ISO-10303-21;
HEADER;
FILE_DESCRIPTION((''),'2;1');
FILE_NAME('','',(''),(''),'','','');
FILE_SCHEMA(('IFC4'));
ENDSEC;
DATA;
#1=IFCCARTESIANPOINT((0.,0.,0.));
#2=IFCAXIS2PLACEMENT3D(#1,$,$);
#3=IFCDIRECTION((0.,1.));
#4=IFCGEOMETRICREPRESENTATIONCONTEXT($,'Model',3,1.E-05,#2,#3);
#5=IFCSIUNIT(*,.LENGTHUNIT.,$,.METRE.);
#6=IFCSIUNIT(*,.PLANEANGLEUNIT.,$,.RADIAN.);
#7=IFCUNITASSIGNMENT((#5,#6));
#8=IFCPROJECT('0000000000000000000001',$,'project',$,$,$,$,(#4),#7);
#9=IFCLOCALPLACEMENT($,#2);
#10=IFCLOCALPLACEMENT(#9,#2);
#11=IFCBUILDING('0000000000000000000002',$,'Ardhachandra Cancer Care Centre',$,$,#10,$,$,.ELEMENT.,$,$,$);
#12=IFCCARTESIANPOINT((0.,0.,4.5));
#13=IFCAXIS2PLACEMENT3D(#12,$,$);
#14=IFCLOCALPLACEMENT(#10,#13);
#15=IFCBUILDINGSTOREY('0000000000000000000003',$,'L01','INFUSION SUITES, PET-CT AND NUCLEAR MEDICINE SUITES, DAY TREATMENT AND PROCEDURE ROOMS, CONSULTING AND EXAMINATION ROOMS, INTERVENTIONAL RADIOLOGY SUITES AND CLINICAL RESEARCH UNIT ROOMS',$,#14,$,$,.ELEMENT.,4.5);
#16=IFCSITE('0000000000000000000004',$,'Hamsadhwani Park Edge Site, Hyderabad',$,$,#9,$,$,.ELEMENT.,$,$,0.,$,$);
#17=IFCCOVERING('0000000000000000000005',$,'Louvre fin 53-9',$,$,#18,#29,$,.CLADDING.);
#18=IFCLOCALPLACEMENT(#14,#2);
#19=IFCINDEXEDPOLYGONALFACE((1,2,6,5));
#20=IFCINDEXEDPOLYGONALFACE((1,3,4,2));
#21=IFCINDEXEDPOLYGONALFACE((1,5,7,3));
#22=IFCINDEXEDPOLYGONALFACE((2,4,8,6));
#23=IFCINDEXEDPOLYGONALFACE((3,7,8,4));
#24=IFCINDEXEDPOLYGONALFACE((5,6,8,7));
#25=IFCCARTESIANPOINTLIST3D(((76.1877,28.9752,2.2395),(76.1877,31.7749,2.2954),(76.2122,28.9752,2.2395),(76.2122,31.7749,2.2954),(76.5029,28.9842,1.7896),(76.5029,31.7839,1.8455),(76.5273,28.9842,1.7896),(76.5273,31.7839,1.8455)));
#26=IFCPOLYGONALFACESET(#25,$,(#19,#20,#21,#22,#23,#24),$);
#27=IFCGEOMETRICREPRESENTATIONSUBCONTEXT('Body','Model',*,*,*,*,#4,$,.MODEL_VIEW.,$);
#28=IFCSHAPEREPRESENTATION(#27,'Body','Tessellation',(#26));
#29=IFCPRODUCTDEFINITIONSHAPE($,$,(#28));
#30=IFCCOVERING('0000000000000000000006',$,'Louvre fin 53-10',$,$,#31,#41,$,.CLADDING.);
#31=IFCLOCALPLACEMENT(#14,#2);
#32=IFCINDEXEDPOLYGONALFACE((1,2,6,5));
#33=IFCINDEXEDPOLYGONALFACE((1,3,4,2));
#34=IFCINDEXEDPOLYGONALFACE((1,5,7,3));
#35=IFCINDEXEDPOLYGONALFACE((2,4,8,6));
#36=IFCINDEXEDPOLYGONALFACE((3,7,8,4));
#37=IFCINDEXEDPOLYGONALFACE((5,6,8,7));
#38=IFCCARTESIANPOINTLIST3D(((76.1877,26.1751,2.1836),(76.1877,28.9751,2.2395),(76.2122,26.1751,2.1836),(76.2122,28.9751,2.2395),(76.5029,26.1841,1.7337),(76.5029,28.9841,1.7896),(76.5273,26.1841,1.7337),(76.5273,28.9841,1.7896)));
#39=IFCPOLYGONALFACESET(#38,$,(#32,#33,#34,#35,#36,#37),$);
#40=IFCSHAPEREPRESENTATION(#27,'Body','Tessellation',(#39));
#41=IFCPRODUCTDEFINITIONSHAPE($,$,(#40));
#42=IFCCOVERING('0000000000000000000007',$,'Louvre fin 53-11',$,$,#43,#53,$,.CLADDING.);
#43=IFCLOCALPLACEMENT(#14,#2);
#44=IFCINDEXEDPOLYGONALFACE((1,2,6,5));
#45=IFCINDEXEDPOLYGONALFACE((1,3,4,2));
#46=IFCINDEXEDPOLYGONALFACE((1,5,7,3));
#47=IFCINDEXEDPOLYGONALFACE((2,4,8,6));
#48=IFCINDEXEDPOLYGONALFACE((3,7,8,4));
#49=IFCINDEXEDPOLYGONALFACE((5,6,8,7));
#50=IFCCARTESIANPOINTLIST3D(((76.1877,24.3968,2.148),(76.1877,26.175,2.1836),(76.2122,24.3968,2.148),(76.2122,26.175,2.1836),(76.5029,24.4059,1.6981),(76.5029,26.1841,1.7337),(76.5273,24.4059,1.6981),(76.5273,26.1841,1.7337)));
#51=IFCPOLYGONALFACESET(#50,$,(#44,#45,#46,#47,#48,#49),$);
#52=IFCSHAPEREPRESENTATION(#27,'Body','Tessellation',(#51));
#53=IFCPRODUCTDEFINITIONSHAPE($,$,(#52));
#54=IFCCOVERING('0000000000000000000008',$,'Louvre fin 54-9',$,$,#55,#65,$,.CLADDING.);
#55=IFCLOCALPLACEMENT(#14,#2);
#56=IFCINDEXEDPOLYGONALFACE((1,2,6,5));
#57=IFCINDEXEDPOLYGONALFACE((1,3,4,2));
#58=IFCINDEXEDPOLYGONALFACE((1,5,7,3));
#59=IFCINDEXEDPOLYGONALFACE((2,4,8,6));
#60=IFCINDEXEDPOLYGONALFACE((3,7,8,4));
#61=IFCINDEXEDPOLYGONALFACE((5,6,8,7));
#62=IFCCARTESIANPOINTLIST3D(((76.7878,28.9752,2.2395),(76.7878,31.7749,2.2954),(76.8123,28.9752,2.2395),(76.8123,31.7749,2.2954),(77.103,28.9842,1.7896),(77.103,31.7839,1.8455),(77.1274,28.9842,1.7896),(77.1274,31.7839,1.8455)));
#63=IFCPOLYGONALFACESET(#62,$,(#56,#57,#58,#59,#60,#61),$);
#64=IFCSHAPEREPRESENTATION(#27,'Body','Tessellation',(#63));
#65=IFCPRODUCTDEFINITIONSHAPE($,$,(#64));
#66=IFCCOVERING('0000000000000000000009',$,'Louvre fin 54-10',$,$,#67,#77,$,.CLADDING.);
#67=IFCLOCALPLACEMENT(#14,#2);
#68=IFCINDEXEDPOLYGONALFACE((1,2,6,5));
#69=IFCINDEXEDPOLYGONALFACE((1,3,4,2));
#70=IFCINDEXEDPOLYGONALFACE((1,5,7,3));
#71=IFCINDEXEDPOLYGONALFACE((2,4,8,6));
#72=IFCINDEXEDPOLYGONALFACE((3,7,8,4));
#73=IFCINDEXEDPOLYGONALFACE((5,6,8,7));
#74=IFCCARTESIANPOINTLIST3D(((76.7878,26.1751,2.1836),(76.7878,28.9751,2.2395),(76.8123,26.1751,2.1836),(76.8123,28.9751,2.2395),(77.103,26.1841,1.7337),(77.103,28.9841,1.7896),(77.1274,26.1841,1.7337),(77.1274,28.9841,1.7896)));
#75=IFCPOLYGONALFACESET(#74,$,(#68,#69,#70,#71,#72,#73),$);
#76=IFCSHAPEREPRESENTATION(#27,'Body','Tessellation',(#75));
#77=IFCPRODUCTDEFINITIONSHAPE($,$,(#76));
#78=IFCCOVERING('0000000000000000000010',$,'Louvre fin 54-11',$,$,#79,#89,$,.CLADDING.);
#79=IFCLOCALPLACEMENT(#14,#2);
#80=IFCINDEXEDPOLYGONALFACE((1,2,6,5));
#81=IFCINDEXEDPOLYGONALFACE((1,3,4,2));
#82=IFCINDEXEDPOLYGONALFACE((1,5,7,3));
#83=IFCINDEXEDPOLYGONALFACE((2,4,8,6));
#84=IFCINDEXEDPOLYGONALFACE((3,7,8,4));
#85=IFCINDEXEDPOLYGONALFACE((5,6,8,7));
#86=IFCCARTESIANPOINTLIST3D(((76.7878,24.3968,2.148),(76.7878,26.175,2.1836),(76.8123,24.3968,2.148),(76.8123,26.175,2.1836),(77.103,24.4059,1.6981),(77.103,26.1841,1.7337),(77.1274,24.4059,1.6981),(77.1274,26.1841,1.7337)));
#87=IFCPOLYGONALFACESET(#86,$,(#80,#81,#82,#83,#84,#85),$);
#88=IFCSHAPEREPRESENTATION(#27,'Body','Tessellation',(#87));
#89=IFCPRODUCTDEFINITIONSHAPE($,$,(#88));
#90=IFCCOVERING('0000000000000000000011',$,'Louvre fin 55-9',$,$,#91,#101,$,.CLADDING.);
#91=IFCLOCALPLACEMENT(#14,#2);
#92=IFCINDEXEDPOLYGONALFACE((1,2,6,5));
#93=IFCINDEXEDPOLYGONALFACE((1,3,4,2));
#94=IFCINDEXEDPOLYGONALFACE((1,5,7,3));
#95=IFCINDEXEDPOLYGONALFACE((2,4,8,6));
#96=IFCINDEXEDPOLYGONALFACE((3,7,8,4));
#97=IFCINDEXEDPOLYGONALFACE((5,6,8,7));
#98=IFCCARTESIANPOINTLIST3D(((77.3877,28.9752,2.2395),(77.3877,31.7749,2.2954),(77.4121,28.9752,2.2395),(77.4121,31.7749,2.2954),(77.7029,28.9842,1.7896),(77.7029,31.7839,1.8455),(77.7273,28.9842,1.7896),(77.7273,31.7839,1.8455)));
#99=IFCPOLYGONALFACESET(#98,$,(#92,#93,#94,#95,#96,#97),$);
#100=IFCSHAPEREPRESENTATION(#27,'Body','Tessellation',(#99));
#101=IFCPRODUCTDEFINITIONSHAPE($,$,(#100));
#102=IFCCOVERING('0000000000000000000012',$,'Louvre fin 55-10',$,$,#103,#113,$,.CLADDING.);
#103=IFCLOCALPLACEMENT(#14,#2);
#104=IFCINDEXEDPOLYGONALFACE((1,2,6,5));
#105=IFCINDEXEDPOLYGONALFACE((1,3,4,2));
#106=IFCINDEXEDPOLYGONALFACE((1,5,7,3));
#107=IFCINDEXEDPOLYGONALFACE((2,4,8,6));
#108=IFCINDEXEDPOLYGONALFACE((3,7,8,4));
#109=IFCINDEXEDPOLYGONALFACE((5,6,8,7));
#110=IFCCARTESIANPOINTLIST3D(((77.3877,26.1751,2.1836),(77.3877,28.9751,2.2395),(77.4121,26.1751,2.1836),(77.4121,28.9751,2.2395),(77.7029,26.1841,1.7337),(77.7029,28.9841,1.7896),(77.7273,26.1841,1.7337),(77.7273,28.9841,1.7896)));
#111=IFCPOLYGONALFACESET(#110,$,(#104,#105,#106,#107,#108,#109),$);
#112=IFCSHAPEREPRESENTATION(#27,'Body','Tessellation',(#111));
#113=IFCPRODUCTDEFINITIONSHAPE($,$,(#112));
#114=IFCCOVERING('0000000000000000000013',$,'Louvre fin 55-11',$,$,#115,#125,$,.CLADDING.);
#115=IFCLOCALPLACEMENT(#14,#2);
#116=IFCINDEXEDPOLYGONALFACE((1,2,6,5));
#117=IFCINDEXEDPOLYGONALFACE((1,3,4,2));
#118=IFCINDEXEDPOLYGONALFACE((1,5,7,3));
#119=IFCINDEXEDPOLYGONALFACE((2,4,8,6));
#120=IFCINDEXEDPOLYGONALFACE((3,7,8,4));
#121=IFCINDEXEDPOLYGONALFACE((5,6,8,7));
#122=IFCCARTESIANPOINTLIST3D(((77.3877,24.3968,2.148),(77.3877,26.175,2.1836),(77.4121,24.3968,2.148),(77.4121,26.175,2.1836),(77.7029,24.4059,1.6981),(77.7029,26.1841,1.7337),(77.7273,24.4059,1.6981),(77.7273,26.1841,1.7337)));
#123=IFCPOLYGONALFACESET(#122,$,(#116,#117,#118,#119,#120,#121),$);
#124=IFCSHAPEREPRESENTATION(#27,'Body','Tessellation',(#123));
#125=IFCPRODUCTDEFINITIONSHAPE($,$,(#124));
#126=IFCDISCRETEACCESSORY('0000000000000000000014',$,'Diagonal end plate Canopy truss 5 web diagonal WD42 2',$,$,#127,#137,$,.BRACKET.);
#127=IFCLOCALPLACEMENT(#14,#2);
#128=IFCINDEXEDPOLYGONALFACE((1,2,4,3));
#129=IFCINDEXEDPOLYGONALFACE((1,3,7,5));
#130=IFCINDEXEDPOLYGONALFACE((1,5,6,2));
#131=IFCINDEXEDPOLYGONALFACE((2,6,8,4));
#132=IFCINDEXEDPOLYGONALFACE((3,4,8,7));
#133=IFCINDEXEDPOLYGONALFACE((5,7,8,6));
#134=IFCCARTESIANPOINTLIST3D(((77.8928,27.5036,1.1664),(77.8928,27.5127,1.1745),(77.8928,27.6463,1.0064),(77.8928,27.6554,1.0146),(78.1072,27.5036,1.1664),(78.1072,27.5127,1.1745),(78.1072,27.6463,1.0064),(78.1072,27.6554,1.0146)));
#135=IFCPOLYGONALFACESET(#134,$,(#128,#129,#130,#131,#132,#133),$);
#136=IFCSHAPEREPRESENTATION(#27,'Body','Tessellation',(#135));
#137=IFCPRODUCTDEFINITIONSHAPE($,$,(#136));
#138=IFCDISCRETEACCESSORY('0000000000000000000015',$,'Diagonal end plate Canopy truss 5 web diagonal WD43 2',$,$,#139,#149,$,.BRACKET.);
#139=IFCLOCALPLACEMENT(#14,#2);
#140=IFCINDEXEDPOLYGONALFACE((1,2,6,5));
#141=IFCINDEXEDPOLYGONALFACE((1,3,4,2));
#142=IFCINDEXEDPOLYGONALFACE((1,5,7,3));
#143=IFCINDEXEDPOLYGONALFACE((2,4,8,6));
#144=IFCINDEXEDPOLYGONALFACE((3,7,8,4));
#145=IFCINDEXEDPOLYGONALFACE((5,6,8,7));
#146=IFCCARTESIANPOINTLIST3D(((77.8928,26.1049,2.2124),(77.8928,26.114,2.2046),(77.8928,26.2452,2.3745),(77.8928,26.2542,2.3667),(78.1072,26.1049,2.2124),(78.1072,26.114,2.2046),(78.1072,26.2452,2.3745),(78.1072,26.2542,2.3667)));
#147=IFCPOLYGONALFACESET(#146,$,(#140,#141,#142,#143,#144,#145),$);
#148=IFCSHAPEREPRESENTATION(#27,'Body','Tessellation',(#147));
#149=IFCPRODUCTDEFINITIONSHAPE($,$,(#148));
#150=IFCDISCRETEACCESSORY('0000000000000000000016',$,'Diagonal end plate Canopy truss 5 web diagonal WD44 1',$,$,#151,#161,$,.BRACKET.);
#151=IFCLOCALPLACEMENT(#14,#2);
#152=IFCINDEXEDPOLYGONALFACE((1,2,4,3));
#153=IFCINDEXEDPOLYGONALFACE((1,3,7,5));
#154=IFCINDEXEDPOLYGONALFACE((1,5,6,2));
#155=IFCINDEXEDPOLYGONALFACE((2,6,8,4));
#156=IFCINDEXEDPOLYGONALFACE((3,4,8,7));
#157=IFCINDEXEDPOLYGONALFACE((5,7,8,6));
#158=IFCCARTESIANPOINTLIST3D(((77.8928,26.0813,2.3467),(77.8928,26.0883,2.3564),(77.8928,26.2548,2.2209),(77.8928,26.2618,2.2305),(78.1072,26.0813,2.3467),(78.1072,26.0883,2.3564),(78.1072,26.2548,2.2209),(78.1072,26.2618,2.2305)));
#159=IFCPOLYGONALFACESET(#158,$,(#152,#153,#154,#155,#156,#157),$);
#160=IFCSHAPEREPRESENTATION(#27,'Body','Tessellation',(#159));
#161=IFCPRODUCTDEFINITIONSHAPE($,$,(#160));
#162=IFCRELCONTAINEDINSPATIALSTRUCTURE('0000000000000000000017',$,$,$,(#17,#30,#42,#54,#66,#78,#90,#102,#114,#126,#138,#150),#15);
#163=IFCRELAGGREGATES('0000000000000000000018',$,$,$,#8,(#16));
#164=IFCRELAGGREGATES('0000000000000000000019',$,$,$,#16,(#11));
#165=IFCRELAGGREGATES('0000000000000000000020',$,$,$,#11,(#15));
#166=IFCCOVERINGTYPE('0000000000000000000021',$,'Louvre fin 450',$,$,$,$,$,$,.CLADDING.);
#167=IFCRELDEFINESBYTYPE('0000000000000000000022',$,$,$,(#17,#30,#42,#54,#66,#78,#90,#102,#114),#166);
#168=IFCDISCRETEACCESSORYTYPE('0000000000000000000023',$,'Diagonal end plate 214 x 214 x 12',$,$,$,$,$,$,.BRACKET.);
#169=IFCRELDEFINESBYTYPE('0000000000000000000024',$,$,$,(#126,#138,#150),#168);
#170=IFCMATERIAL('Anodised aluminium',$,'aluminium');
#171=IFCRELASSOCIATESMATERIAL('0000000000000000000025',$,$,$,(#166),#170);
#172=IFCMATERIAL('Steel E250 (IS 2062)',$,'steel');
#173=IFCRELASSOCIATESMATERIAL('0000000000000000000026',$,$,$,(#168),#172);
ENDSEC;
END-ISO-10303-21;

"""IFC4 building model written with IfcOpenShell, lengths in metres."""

from ifc_helpers import new_model, si_unit, direction, frame, origin, origin_2d, place, context, subcontext, project, spatial, polyline, rectangle, outline, extrude, material, material_profile, profile_set, type_object, element, save


model = new_model("IFC4")

# Units and contexts
model_context = context("Model", 3, precision=1e-05, world=origin(), true_north=direction((0.0, 1.0)))
body_context = subcontext(model_context, "Body", "Model", "MODEL_VIEW")
ifc_project = project(units=[si_unit("LENGTHUNIT", "METRE"), si_unit("PLANEANGLEUNIT", "RADIAN")], contexts=[model_context])

# Site, building, storey
site_placement = place(None, origin())
site = spatial("IfcSite", under=ifc_project, at=site_placement, Name="Hamsadhwani Park Edge Site, Hyderabad", CompositionType="ELEMENT", RefElevation=0.0)
building_placement = place(site_placement, origin())
building = spatial("IfcBuilding", under=site, at=building_placement, Name="Ardhachandra Cancer Care Centre", CompositionType="ELEMENT")
storey_placement = place(building_placement, frame((0.0, 0.0, 4.5)))
storey = spatial("IfcBuildingStorey", under=building, at=storey_placement, Name="L01", Description="INFUSION SUITES, PET-CT AND NUCLEAR MEDICINE SUITES, DAY TREATMENT AND PROCEDURE ROOMS, CONSULTING AND EXAMINATION ROOMS, INTERVENTIONAL RADIOLOGY SUITES AND CLINICAL RESEARCH UNIT ROOMS", CompositionType="ELEMENT", Elevation=4.5)

# Coverings
ifc_material_1 = material(Name="Anodised aluminium", Category="aluminium")
ifc_material_profile_1 = material_profile(ifc_material_1, outline(polyline([(-0.0122, 0.0), (0.0122, 0.0), (0.3274, -0.45), (0.303, -0.45), (-0.0122, 0.0)])), Name="Louvre fin 450")
ifc_profile_set_1 = profile_set([ifc_material_profile_1], Name="Anodised aluminium")
covering_type = type_object("IfcCoveringType", Name="Louvre fin 450", PredefinedType="CLADDING", material=ifc_profile_set_1)
covering_1_placement = place(storey_placement, frame((76.2, 31.7749, 2.2954), z_axis=(0.0, -0.999801, -0.019965), x_axis=(1.0, 0.0, 0.0)))
element("IfcCovering", 1, at=covering_1_placement, inside=storey, type_object=covering_type, Name="Louvre fin 53-9", PredefinedType="CLADDING", context=body_context, shape_type="SweptSolid", body=[
    extrude(outline(polyline([(-0.0122, 0.0), (0.0122, 0.0), (0.3274, -0.45), (0.303, -0.45), (-0.0122, 0.0)])), origin(), (0.0, 0.0, 1.0), 2.8003),
])
covering_2_placement = place(storey_placement, frame((76.2, 28.9751, 2.2395), z_axis=(0.0, -0.999801, -0.019963), x_axis=(1.0, 0.0, 0.0)))
element("IfcCovering", 2, at=covering_2_placement, inside=storey, type_object=covering_type, Name="Louvre fin 53-10", PredefinedType="CLADDING", context=body_context, shape_type="SweptSolid", body=[
    extrude(outline(polyline([(-0.0122, 0.0), (0.0122, 0.0), (0.3274, -0.45), (0.303, -0.45), (-0.0122, 0.0)])), origin(), (0.0, 0.0, 1.0), 2.8005),
])
covering_3_placement = place(storey_placement, frame((76.2, 26.175, 2.1836), z_axis=(0.0, -0.999799, -0.02004), x_axis=(1.0, 0.0, 0.0)))
element("IfcCovering", 3, at=covering_3_placement, inside=storey, type_object=covering_type, Name="Louvre fin 53-11", PredefinedType="CLADDING", context=body_context, shape_type="SweptSolid", body=[
    extrude(outline(polyline([(-0.0122, 0.0), (0.0122, 0.0), (0.3274, -0.45), (0.303, -0.45), (-0.0122, 0.0)])), origin(), (0.0, 0.0, 1.0), 1.7786),
])
covering_4_placement = place(storey_placement, frame((76.8, 31.7749, 2.2954), z_axis=(0.0, -0.999801, -0.019965), x_axis=(1.0, 0.0, 0.0)))
element("IfcCovering", 4, at=covering_4_placement, inside=storey, type_object=covering_type, Name="Louvre fin 54-9", PredefinedType="CLADDING", context=body_context, shape_type="SweptSolid", body=[
    extrude(outline(polyline([(-0.0122, 0.0), (0.0122, 0.0), (0.3274, -0.45), (0.303, -0.45), (-0.0122, 0.0)])), origin(), (0.0, 0.0, 1.0), 2.8003),
])
covering_5_placement = place(storey_placement, frame((76.8, 28.9751, 2.2395), z_axis=(0.0, -0.999801, -0.019963), x_axis=(1.0, 0.0, 0.0)))
element("IfcCovering", 5, at=covering_5_placement, inside=storey, type_object=covering_type, Name="Louvre fin 54-10", PredefinedType="CLADDING", context=body_context, shape_type="SweptSolid", body=[
    extrude(outline(polyline([(-0.0122, 0.0), (0.0122, 0.0), (0.3274, -0.45), (0.303, -0.45), (-0.0122, 0.0)])), origin(), (0.0, 0.0, 1.0), 2.8005),
])
covering_6_placement = place(storey_placement, frame((76.8, 26.175, 2.1836), z_axis=(0.0, -0.999799, -0.02004), x_axis=(1.0, 0.0, 0.0)))
element("IfcCovering", 6, at=covering_6_placement, inside=storey, type_object=covering_type, Name="Louvre fin 54-11", PredefinedType="CLADDING", context=body_context, shape_type="SweptSolid", body=[
    extrude(outline(polyline([(-0.0122, 0.0), (0.0122, 0.0), (0.3274, -0.45), (0.303, -0.45), (-0.0122, 0.0)])), origin(), (0.0, 0.0, 1.0), 1.7786),
])
covering_7_placement = place(storey_placement, frame((77.3999, 31.7749, 2.2954), z_axis=(0.0, -0.999801, -0.019965), x_axis=(1.0, 0.0, 0.0)))
element("IfcCovering", 7, at=covering_7_placement, inside=storey, type_object=covering_type, Name="Louvre fin 55-9", PredefinedType="CLADDING", context=body_context, shape_type="SweptSolid", body=[
    extrude(outline(polyline([(-0.0122, 0.0), (0.0122, 0.0), (0.3274, -0.45), (0.303, -0.45), (-0.0122, 0.0)])), origin(), (0.0, 0.0, 1.0), 2.8003),
])
covering_8_placement = place(storey_placement, frame((77.3999, 28.9751, 2.2395), z_axis=(0.0, -0.999801, -0.019963), x_axis=(1.0, 0.0, 0.0)))
element("IfcCovering", 8, at=covering_8_placement, inside=storey, type_object=covering_type, Name="Louvre fin 55-10", PredefinedType="CLADDING", context=body_context, shape_type="SweptSolid", body=[
    extrude(outline(polyline([(-0.0122, 0.0), (0.0122, 0.0), (0.3274, -0.45), (0.303, -0.45), (-0.0122, 0.0)])), origin(), (0.0, 0.0, 1.0), 2.8005),
])
covering_9_placement = place(storey_placement, frame((77.3999, 26.175, 2.1836), z_axis=(0.0, -0.999799, -0.02004), x_axis=(1.0, 0.0, 0.0)))
element("IfcCovering", 9, at=covering_9_placement, inside=storey, type_object=covering_type, Name="Louvre fin 55-11", PredefinedType="CLADDING", context=body_context, shape_type="SweptSolid", body=[
    extrude(outline(polyline([(-0.0122, 0.0), (0.0122, 0.0), (0.3274, -0.45), (0.303, -0.45), (-0.0122, 0.0)])), origin(), (0.0, 0.0, 1.0), 1.7786),
])

# Discrete accessories
ifc_material_2 = material(Name="Steel E250 (IS 2062)", Category="steel")
ifc_material_profile_2 = material_profile(ifc_material_2, rectangle(XDim=0.2144, YDim=0.2144, at=origin_2d()), Name="PL 214x214x12")
ifc_profile_set_2 = profile_set([ifc_material_profile_2], Name="Steel E250 (IS 2062)")
discrete_accessory_type = type_object("IfcDiscreteAccessoryType", Name="Diagonal end plate 214 x 214 x 12", PredefinedType="BRACKET", material=ifc_profile_set_2)
discrete_accessory_placement = place(storey_placement, frame((78.0, 27.575, 1.0864), z_axis=(0.0, 0.746295, 0.665615), x_axis=(-1.0, 0.0, 0.0)))
element("IfcDiscreteAccessory", 10, at=discrete_accessory_placement, inside=storey, type_object=discrete_accessory_type, Name="Diagonal end plate Canopy truss 5 web diagonal WD42 2", PredefinedType="BRACKET", context=body_context, shape_type="SweptSolid", body=[
    extrude(rectangle(XDim=0.2144, YDim=0.2144, at=origin_2d()), origin(), (0.0, 0.0, 1.0), 0.0122),
])
for number, where, z_axis, x_axis, name in (
    (11, (78.0, 26.175, 2.2935), (0.0, 0.756363, -0.654152), (-1.0, 0.0, 0.0), "Diagonal end plate Canopy truss 5 web diagonal WD43 2"),
    (12, (78.0, 26.175, 2.2935), (0.0, -0.586968, -0.80961), (1.0, 0.0, 0.0), "Diagonal end plate Canopy truss 5 web diagonal WD44 1"),
):
    element("IfcDiscreteAccessory", number, at=place(storey_placement, frame(where, z_axis=z_axis, x_axis=x_axis)), inside=storey, type_object=discrete_accessory_type, Name=name, PredefinedType="BRACKET", context=body_context, shape_type="SweptSolid", body=[
        extrude(rectangle(XDim=0.2144, YDim=0.2144, at=origin_2d()), origin(), (0.0, 0.0, 1.0), 0.012),
    ])

save(model, "model.ifc")
